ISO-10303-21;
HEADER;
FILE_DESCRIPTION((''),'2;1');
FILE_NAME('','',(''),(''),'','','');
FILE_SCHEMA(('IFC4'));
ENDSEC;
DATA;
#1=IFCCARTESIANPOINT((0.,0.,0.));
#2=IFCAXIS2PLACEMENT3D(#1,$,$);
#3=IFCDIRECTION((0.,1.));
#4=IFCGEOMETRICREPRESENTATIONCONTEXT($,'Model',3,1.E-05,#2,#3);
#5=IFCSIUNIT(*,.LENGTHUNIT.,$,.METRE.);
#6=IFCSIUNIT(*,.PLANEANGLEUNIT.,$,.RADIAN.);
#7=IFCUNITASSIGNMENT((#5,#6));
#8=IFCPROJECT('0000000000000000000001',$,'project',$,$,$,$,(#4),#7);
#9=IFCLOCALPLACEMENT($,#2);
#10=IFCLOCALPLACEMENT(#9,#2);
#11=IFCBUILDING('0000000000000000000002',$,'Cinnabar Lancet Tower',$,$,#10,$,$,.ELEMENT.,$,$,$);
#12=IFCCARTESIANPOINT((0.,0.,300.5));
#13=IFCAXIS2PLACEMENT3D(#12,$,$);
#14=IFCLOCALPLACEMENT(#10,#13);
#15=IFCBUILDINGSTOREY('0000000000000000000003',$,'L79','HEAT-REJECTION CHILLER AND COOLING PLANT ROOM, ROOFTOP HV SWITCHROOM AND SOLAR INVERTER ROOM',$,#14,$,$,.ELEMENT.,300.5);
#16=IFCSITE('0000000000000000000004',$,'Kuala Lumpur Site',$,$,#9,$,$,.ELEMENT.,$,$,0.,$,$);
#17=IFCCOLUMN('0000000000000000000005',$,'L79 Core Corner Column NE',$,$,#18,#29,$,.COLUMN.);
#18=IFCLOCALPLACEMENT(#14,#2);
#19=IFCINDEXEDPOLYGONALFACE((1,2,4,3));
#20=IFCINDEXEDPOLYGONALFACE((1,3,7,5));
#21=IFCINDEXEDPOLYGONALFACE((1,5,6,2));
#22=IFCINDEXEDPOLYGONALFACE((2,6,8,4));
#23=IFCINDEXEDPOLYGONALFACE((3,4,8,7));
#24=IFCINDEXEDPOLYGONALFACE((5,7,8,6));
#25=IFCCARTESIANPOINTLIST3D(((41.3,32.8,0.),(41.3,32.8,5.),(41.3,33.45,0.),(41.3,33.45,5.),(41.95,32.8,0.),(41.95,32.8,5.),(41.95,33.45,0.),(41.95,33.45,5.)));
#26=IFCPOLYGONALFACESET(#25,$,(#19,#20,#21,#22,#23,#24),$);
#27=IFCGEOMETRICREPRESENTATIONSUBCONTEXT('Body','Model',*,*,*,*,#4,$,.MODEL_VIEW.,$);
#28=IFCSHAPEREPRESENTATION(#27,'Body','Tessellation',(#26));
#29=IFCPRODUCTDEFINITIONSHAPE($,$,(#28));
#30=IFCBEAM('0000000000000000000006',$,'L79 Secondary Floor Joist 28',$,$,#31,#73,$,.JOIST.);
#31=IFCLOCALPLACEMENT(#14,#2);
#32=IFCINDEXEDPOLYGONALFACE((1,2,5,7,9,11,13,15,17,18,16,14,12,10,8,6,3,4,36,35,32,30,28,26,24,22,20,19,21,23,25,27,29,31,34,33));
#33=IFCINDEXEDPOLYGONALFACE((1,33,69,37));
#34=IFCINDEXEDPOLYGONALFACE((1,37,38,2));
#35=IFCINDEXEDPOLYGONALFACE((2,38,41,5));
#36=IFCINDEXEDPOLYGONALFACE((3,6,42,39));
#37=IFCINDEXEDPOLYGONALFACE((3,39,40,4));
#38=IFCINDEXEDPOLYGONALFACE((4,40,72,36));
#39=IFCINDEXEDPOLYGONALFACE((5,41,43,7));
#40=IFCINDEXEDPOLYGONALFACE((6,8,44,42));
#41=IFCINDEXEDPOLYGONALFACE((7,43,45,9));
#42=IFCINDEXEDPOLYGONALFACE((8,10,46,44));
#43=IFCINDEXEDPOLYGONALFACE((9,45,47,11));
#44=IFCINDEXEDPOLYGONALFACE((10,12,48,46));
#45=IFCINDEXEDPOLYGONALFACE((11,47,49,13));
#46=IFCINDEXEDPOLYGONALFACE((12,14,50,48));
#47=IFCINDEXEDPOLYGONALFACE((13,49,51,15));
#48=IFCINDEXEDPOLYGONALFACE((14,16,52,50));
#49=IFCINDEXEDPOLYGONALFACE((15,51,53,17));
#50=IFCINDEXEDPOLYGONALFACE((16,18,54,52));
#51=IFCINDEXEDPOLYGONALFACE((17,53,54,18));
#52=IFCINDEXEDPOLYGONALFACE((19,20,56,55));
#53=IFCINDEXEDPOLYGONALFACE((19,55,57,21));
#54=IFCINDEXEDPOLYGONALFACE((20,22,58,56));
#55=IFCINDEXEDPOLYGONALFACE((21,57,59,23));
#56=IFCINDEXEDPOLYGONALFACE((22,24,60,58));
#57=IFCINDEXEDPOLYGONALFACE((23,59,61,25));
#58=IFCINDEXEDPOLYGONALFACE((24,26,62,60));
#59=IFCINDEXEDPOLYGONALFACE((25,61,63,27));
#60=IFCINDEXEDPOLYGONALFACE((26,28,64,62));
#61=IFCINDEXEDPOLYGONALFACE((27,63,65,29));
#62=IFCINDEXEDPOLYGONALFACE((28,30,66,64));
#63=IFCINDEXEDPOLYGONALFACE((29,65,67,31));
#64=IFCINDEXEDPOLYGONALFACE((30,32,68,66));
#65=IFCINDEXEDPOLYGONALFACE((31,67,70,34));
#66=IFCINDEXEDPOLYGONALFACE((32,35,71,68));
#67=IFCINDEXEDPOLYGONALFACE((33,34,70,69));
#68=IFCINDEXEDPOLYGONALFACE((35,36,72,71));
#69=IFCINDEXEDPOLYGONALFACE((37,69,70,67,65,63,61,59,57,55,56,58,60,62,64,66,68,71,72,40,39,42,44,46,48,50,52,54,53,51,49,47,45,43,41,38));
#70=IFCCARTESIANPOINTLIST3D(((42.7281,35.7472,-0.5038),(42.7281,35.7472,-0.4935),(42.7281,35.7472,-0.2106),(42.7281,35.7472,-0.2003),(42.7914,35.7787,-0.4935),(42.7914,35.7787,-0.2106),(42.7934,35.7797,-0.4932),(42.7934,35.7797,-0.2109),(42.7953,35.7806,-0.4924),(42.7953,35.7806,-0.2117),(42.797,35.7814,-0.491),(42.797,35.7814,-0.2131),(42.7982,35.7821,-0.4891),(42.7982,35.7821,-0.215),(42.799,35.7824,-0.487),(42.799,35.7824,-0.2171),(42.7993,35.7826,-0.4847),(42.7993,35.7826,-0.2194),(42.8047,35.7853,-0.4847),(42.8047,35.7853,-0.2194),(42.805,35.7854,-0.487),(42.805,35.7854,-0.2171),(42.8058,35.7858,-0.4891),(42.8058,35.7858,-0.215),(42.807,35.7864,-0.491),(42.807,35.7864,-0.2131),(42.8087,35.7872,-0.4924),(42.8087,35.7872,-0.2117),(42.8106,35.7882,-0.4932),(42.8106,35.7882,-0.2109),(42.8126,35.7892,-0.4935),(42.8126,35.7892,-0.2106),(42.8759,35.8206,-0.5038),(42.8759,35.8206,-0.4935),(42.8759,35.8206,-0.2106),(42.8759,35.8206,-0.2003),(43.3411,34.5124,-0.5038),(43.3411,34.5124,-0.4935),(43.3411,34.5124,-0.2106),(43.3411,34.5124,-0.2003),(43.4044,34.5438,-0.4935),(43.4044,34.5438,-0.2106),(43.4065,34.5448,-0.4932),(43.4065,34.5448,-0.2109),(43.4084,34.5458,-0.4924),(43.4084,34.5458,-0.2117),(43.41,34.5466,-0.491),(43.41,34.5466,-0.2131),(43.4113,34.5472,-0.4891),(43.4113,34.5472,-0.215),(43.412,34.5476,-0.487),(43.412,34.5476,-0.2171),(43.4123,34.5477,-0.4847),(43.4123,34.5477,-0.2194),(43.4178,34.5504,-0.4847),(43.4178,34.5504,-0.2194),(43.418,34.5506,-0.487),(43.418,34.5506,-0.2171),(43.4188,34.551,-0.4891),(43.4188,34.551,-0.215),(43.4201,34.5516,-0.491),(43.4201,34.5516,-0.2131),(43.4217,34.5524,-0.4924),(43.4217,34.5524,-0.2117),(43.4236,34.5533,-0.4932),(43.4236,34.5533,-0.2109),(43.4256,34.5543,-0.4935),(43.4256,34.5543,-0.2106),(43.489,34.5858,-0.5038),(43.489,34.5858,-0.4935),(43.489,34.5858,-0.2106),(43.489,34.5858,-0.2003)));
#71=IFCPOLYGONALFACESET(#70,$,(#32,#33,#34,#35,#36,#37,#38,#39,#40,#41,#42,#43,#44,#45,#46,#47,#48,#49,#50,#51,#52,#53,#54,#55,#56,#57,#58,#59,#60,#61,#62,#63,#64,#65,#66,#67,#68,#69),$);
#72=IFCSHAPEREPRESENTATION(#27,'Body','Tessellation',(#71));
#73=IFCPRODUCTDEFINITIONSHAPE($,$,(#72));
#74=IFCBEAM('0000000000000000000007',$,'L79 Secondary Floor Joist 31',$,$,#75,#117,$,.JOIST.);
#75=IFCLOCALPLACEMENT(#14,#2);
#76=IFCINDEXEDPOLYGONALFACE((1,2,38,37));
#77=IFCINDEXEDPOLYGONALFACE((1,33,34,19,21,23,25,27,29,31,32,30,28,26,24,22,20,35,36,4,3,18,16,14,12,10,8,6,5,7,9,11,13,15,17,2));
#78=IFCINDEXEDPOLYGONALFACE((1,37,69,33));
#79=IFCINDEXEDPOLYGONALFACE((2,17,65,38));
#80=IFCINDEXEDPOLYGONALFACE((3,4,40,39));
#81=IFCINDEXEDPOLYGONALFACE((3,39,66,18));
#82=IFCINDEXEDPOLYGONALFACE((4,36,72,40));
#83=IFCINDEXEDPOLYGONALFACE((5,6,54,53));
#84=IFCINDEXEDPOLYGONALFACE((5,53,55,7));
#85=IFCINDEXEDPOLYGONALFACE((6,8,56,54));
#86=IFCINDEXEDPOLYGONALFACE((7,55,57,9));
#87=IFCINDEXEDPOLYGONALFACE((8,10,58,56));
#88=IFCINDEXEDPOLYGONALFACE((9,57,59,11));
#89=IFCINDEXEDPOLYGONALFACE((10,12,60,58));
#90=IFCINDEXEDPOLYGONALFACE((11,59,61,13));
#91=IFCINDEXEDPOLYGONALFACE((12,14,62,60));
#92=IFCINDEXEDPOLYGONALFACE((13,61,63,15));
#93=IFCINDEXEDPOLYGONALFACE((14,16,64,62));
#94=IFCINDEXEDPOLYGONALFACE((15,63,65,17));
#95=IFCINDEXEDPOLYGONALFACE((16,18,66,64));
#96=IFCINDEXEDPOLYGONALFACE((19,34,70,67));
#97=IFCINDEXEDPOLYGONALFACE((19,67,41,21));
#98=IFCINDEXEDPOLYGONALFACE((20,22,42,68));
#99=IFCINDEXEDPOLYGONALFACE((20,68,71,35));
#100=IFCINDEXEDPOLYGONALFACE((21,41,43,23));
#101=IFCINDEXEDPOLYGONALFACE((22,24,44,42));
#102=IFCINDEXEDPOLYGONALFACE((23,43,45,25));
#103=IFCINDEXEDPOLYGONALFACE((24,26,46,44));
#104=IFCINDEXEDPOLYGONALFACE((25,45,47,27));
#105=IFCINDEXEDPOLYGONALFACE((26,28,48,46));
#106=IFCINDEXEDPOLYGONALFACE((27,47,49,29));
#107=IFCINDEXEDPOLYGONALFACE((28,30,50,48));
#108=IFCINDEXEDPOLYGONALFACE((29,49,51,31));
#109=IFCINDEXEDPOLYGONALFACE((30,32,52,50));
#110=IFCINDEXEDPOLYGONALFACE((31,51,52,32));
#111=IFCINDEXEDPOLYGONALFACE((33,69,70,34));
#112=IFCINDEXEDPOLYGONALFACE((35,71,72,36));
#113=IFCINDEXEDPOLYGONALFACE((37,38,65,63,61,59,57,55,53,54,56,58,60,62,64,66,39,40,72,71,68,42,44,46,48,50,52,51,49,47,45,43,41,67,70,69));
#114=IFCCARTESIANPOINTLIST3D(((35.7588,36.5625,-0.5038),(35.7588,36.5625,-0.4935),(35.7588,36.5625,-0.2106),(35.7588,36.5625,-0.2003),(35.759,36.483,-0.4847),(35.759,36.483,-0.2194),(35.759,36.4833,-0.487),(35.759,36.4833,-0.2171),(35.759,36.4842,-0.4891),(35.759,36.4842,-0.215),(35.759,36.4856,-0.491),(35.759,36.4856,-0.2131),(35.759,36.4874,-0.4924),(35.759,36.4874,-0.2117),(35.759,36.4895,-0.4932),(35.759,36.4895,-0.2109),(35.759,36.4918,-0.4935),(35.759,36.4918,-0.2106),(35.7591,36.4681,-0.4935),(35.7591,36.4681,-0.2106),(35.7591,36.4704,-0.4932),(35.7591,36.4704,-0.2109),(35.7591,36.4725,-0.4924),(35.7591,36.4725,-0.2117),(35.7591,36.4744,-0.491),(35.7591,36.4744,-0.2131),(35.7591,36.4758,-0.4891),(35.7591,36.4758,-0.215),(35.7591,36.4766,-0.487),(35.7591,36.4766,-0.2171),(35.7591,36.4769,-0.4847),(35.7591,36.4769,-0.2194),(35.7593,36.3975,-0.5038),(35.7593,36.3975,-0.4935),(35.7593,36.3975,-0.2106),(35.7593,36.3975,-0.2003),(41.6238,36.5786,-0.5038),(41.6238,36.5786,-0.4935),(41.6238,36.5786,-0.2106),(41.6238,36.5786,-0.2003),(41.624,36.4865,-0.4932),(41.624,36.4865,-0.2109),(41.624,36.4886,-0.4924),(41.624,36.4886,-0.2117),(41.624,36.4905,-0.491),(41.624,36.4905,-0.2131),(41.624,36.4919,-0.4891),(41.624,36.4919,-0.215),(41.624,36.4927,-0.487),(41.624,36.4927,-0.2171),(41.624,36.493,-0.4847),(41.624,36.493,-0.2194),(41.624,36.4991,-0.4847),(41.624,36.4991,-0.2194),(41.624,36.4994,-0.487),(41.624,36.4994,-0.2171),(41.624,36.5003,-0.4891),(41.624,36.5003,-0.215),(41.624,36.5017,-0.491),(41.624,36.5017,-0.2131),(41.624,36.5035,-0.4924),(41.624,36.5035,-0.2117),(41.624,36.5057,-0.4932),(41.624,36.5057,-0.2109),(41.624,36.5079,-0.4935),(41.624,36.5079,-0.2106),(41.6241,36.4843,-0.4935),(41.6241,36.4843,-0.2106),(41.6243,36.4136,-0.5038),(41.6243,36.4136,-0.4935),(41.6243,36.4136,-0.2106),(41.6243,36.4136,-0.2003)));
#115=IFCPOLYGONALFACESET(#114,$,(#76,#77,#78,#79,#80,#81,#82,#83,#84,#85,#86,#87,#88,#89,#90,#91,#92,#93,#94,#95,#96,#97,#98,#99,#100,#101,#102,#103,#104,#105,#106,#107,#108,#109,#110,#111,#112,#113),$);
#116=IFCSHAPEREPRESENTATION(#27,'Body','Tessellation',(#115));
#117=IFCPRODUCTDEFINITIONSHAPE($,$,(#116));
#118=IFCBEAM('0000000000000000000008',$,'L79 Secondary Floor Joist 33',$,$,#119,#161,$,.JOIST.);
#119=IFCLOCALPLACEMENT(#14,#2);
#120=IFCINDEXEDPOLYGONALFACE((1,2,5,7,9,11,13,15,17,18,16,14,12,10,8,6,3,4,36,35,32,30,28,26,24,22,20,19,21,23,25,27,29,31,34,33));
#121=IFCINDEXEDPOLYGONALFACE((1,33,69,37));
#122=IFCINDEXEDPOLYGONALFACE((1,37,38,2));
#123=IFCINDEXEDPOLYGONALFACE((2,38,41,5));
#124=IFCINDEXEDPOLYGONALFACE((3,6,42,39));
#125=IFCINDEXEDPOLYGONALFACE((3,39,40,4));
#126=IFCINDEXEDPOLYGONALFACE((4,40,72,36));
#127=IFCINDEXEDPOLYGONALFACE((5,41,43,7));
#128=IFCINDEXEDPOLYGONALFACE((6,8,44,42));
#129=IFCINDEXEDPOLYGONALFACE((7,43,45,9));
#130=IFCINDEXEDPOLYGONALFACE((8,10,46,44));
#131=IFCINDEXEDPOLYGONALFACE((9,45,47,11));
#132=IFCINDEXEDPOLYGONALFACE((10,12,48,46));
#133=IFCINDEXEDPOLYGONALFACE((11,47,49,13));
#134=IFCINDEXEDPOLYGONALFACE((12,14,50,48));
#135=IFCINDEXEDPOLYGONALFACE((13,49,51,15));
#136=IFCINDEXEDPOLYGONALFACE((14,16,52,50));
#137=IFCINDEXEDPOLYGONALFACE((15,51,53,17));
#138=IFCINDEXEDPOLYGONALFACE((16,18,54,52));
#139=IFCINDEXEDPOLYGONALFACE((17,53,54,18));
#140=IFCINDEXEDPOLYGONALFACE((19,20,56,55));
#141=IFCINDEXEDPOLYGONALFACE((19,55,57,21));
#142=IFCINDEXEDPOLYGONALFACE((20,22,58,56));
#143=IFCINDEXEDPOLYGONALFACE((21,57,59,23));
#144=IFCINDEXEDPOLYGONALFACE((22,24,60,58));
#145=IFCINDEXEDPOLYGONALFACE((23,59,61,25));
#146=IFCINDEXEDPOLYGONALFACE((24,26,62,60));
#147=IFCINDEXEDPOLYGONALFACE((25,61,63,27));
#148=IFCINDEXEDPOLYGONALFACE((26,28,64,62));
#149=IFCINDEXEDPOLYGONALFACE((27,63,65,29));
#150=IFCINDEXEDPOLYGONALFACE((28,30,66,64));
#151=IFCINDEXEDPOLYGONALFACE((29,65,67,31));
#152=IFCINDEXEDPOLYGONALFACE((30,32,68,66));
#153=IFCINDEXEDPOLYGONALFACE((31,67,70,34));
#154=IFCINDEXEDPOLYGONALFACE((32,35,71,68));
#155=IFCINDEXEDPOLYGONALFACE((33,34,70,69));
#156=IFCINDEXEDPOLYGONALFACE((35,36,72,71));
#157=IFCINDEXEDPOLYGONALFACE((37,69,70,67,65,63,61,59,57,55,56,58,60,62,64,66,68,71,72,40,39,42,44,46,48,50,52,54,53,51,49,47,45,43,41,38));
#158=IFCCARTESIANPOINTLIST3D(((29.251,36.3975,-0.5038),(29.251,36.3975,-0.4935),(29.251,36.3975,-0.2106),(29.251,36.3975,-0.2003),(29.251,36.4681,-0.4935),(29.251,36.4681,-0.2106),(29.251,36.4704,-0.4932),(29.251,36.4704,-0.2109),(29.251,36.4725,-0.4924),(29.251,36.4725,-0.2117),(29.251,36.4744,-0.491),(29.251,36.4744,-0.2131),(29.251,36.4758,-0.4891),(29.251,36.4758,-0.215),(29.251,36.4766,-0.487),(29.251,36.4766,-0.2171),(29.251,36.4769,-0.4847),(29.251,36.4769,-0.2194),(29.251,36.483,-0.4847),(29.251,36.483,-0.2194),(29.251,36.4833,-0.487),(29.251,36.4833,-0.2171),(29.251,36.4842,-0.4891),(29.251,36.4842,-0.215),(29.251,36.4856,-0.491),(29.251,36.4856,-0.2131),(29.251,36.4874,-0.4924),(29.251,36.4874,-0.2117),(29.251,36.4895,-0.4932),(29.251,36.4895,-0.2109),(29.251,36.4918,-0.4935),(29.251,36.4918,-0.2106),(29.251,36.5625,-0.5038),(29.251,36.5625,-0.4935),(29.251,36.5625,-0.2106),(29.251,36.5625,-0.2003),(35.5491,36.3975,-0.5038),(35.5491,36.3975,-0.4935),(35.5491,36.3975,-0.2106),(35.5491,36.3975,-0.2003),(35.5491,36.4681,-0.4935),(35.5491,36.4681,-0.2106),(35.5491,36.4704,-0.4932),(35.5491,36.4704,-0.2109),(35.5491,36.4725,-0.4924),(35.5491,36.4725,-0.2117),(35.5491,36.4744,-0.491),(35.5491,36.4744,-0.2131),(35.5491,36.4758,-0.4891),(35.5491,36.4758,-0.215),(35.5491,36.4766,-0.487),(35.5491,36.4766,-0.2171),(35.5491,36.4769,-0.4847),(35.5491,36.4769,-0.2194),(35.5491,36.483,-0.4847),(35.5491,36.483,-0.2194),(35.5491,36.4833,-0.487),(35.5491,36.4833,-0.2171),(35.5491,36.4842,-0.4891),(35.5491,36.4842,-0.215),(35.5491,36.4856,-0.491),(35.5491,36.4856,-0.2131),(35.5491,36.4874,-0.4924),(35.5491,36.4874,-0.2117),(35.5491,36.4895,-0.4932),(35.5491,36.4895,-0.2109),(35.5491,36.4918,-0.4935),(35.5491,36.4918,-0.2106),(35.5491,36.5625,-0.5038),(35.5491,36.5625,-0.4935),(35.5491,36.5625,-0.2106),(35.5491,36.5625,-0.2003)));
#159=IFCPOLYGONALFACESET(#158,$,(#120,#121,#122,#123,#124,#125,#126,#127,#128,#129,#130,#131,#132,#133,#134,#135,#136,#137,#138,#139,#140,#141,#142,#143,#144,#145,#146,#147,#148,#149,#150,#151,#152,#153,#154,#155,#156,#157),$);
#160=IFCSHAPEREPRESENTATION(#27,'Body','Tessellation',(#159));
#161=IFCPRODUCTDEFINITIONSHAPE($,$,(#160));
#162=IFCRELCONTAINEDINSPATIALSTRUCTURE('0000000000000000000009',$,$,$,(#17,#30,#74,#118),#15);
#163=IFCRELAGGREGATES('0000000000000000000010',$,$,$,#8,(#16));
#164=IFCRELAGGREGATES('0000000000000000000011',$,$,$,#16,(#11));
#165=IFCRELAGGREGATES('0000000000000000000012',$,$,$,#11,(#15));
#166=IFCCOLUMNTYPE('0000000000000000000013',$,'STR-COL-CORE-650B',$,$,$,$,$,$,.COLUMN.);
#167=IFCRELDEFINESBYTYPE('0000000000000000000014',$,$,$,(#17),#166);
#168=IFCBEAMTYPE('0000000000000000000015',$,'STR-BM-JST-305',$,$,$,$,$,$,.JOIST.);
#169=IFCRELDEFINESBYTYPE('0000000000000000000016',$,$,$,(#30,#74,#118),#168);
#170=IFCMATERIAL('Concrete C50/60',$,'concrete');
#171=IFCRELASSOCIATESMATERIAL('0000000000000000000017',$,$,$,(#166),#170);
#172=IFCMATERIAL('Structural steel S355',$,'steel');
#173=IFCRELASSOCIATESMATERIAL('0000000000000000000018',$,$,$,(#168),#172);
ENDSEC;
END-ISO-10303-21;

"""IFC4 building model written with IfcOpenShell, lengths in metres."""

from ifc_helpers import new_model, si_unit, direction, frame, origin, origin_2d, place, context, subcontext, project, spatial, rectangle, i_section, extrude, material, material_profile, profile_set, type_object, element, save


model = new_model("IFC4")

# Units and contexts
model_context = context("Model", 3, precision=1e-05, world=origin(), true_north=direction((0.0, 1.0)))
body_context = subcontext(model_context, "Body", "Model", "MODEL_VIEW")
ifc_project = project(units=[si_unit("LENGTHUNIT", "METRE"), si_unit("PLANEANGLEUNIT", "RADIAN")], contexts=[model_context])

# Site, building, storey
site_placement = place(None, origin())
site = spatial("IfcSite", under=ifc_project, at=site_placement, Name="Kuala Lumpur Site", CompositionType="ELEMENT", RefElevation=0.0)
building_placement = place(site_placement, origin())
building = spatial("IfcBuilding", under=site, at=building_placement, Name="Cinnabar Lancet Tower", CompositionType="ELEMENT")
storey_placement = place(building_placement, frame((0.0, 0.0, 300.5)))
storey = spatial("IfcBuildingStorey", under=building, at=storey_placement, Name="L79", Description="HEAT-REJECTION CHILLER AND COOLING PLANT ROOM, ROOFTOP HV SWITCHROOM AND SOLAR INVERTER ROOM", CompositionType="ELEMENT", Elevation=300.5)

# Column
ifc_material_1 = material(Name="Concrete C50/60", Category="concrete")
ifc_material_profile_1 = material_profile(ifc_material_1, rectangle(XDim=0.6499, YDim=0.6499, at=origin_2d()), Name="RC-COL 650x650")
ifc_profile_set_1 = profile_set([ifc_material_profile_1], Name="Concrete C50/60")
column_type = type_object("IfcColumnType", Name="STR-COL-CORE-650B", PredefinedType="COLUMN", material=ifc_profile_set_1)
column_placement = place(storey_placement, frame((41.625, 33.125, 0.0), z_axis=(0.0, 0.0, 1.0), x_axis=(1.0, 0.0, 0.0)))
element("IfcColumn", 1, at=column_placement, inside=storey, type_object=column_type, Name="L79 Core Corner Column NE", PredefinedType="COLUMN", context=body_context, shape_type="SweptSolid", body=[
    extrude(rectangle(XDim=0.6499, YDim=0.6499, at=origin_2d()), origin(), (0.0, 0.0, 1.0), 5.0),
])

# Beams
ifc_material_2 = material(Name="Structural steel S355", Category="steel")
ifc_material_profile_2 = material_profile(ifc_material_2, i_section(OverallWidth=0.165, OverallDepth=0.3035, WebThickness=0.0061, FlangeThickness=0.0103, FilletRadius=0.0088, at=origin_2d()), Name="UKB 305x165x40")
ifc_profile_set_2 = profile_set([ifc_material_profile_2], Name="Structural steel S355")
beam_type_1 = type_object("IfcBeamType", Name="STR-BM-JST-305", PredefinedType="JOIST", material=ifc_profile_set_2)
beam_1_placement = place(storey_placement, frame((43.415, 34.5491, -0.3521), z_axis=(-0.444662, 0.895699, 0.0), x_axis=(-0.895699, -0.444662, 0.0)))
element("IfcBeam", 2, at=beam_1_placement, inside=storey, type_object=beam_type_1, Name="L79 Secondary Floor Joist 28", PredefinedType="JOIST", context=body_context, shape_type="SweptSolid", body=[
    extrude(i_section(OverallWidth=0.165, OverallDepth=0.3035, WebThickness=0.0061, FlangeThickness=0.0103, FilletRadius=0.0088, at=origin_2d()), origin(), (0.0, 0.0, 1.0), 1.3787),
])
beam_2_placement = place(storey_placement, frame((41.624, 36.4961, -0.3521), z_axis=(-0.999996, -0.002747, 0.0), x_axis=(0.002747, -0.999996, 0.0)))
element("IfcBeam", 3, at=beam_2_placement, inside=storey, type_object=beam_type_1, Name="L79 Secondary Floor Joist 31", PredefinedType="JOIST", context=body_context, shape_type="SweptSolid", body=[
    extrude(i_section(OverallWidth=0.165, OverallDepth=0.3035, WebThickness=0.0061, FlangeThickness=0.0103, FilletRadius=0.0088, at=origin_2d()), origin(), (0.0, 0.0, 1.0), 5.865),
])
beam_3_placement = place(storey_placement, frame((35.5491, 36.48, -0.3521), z_axis=(-1.0, 0.0, 0.0), x_axis=(0.0, -1.0, 0.0)))
element("IfcBeam", 4, at=beam_3_placement, inside=storey, type_object=beam_type_1, Name="L79 Secondary Floor Joist 33", PredefinedType="JOIST", context=body_context, shape_type="SweptSolid", body=[
    extrude(i_section(OverallWidth=0.165, OverallDepth=0.3035, WebThickness=0.0061, FlangeThickness=0.0103, FilletRadius=0.0088, at=origin_2d()), origin(), (0.0, 0.0, 1.0), 6.2981),
])

save(model, "model.ifc")
